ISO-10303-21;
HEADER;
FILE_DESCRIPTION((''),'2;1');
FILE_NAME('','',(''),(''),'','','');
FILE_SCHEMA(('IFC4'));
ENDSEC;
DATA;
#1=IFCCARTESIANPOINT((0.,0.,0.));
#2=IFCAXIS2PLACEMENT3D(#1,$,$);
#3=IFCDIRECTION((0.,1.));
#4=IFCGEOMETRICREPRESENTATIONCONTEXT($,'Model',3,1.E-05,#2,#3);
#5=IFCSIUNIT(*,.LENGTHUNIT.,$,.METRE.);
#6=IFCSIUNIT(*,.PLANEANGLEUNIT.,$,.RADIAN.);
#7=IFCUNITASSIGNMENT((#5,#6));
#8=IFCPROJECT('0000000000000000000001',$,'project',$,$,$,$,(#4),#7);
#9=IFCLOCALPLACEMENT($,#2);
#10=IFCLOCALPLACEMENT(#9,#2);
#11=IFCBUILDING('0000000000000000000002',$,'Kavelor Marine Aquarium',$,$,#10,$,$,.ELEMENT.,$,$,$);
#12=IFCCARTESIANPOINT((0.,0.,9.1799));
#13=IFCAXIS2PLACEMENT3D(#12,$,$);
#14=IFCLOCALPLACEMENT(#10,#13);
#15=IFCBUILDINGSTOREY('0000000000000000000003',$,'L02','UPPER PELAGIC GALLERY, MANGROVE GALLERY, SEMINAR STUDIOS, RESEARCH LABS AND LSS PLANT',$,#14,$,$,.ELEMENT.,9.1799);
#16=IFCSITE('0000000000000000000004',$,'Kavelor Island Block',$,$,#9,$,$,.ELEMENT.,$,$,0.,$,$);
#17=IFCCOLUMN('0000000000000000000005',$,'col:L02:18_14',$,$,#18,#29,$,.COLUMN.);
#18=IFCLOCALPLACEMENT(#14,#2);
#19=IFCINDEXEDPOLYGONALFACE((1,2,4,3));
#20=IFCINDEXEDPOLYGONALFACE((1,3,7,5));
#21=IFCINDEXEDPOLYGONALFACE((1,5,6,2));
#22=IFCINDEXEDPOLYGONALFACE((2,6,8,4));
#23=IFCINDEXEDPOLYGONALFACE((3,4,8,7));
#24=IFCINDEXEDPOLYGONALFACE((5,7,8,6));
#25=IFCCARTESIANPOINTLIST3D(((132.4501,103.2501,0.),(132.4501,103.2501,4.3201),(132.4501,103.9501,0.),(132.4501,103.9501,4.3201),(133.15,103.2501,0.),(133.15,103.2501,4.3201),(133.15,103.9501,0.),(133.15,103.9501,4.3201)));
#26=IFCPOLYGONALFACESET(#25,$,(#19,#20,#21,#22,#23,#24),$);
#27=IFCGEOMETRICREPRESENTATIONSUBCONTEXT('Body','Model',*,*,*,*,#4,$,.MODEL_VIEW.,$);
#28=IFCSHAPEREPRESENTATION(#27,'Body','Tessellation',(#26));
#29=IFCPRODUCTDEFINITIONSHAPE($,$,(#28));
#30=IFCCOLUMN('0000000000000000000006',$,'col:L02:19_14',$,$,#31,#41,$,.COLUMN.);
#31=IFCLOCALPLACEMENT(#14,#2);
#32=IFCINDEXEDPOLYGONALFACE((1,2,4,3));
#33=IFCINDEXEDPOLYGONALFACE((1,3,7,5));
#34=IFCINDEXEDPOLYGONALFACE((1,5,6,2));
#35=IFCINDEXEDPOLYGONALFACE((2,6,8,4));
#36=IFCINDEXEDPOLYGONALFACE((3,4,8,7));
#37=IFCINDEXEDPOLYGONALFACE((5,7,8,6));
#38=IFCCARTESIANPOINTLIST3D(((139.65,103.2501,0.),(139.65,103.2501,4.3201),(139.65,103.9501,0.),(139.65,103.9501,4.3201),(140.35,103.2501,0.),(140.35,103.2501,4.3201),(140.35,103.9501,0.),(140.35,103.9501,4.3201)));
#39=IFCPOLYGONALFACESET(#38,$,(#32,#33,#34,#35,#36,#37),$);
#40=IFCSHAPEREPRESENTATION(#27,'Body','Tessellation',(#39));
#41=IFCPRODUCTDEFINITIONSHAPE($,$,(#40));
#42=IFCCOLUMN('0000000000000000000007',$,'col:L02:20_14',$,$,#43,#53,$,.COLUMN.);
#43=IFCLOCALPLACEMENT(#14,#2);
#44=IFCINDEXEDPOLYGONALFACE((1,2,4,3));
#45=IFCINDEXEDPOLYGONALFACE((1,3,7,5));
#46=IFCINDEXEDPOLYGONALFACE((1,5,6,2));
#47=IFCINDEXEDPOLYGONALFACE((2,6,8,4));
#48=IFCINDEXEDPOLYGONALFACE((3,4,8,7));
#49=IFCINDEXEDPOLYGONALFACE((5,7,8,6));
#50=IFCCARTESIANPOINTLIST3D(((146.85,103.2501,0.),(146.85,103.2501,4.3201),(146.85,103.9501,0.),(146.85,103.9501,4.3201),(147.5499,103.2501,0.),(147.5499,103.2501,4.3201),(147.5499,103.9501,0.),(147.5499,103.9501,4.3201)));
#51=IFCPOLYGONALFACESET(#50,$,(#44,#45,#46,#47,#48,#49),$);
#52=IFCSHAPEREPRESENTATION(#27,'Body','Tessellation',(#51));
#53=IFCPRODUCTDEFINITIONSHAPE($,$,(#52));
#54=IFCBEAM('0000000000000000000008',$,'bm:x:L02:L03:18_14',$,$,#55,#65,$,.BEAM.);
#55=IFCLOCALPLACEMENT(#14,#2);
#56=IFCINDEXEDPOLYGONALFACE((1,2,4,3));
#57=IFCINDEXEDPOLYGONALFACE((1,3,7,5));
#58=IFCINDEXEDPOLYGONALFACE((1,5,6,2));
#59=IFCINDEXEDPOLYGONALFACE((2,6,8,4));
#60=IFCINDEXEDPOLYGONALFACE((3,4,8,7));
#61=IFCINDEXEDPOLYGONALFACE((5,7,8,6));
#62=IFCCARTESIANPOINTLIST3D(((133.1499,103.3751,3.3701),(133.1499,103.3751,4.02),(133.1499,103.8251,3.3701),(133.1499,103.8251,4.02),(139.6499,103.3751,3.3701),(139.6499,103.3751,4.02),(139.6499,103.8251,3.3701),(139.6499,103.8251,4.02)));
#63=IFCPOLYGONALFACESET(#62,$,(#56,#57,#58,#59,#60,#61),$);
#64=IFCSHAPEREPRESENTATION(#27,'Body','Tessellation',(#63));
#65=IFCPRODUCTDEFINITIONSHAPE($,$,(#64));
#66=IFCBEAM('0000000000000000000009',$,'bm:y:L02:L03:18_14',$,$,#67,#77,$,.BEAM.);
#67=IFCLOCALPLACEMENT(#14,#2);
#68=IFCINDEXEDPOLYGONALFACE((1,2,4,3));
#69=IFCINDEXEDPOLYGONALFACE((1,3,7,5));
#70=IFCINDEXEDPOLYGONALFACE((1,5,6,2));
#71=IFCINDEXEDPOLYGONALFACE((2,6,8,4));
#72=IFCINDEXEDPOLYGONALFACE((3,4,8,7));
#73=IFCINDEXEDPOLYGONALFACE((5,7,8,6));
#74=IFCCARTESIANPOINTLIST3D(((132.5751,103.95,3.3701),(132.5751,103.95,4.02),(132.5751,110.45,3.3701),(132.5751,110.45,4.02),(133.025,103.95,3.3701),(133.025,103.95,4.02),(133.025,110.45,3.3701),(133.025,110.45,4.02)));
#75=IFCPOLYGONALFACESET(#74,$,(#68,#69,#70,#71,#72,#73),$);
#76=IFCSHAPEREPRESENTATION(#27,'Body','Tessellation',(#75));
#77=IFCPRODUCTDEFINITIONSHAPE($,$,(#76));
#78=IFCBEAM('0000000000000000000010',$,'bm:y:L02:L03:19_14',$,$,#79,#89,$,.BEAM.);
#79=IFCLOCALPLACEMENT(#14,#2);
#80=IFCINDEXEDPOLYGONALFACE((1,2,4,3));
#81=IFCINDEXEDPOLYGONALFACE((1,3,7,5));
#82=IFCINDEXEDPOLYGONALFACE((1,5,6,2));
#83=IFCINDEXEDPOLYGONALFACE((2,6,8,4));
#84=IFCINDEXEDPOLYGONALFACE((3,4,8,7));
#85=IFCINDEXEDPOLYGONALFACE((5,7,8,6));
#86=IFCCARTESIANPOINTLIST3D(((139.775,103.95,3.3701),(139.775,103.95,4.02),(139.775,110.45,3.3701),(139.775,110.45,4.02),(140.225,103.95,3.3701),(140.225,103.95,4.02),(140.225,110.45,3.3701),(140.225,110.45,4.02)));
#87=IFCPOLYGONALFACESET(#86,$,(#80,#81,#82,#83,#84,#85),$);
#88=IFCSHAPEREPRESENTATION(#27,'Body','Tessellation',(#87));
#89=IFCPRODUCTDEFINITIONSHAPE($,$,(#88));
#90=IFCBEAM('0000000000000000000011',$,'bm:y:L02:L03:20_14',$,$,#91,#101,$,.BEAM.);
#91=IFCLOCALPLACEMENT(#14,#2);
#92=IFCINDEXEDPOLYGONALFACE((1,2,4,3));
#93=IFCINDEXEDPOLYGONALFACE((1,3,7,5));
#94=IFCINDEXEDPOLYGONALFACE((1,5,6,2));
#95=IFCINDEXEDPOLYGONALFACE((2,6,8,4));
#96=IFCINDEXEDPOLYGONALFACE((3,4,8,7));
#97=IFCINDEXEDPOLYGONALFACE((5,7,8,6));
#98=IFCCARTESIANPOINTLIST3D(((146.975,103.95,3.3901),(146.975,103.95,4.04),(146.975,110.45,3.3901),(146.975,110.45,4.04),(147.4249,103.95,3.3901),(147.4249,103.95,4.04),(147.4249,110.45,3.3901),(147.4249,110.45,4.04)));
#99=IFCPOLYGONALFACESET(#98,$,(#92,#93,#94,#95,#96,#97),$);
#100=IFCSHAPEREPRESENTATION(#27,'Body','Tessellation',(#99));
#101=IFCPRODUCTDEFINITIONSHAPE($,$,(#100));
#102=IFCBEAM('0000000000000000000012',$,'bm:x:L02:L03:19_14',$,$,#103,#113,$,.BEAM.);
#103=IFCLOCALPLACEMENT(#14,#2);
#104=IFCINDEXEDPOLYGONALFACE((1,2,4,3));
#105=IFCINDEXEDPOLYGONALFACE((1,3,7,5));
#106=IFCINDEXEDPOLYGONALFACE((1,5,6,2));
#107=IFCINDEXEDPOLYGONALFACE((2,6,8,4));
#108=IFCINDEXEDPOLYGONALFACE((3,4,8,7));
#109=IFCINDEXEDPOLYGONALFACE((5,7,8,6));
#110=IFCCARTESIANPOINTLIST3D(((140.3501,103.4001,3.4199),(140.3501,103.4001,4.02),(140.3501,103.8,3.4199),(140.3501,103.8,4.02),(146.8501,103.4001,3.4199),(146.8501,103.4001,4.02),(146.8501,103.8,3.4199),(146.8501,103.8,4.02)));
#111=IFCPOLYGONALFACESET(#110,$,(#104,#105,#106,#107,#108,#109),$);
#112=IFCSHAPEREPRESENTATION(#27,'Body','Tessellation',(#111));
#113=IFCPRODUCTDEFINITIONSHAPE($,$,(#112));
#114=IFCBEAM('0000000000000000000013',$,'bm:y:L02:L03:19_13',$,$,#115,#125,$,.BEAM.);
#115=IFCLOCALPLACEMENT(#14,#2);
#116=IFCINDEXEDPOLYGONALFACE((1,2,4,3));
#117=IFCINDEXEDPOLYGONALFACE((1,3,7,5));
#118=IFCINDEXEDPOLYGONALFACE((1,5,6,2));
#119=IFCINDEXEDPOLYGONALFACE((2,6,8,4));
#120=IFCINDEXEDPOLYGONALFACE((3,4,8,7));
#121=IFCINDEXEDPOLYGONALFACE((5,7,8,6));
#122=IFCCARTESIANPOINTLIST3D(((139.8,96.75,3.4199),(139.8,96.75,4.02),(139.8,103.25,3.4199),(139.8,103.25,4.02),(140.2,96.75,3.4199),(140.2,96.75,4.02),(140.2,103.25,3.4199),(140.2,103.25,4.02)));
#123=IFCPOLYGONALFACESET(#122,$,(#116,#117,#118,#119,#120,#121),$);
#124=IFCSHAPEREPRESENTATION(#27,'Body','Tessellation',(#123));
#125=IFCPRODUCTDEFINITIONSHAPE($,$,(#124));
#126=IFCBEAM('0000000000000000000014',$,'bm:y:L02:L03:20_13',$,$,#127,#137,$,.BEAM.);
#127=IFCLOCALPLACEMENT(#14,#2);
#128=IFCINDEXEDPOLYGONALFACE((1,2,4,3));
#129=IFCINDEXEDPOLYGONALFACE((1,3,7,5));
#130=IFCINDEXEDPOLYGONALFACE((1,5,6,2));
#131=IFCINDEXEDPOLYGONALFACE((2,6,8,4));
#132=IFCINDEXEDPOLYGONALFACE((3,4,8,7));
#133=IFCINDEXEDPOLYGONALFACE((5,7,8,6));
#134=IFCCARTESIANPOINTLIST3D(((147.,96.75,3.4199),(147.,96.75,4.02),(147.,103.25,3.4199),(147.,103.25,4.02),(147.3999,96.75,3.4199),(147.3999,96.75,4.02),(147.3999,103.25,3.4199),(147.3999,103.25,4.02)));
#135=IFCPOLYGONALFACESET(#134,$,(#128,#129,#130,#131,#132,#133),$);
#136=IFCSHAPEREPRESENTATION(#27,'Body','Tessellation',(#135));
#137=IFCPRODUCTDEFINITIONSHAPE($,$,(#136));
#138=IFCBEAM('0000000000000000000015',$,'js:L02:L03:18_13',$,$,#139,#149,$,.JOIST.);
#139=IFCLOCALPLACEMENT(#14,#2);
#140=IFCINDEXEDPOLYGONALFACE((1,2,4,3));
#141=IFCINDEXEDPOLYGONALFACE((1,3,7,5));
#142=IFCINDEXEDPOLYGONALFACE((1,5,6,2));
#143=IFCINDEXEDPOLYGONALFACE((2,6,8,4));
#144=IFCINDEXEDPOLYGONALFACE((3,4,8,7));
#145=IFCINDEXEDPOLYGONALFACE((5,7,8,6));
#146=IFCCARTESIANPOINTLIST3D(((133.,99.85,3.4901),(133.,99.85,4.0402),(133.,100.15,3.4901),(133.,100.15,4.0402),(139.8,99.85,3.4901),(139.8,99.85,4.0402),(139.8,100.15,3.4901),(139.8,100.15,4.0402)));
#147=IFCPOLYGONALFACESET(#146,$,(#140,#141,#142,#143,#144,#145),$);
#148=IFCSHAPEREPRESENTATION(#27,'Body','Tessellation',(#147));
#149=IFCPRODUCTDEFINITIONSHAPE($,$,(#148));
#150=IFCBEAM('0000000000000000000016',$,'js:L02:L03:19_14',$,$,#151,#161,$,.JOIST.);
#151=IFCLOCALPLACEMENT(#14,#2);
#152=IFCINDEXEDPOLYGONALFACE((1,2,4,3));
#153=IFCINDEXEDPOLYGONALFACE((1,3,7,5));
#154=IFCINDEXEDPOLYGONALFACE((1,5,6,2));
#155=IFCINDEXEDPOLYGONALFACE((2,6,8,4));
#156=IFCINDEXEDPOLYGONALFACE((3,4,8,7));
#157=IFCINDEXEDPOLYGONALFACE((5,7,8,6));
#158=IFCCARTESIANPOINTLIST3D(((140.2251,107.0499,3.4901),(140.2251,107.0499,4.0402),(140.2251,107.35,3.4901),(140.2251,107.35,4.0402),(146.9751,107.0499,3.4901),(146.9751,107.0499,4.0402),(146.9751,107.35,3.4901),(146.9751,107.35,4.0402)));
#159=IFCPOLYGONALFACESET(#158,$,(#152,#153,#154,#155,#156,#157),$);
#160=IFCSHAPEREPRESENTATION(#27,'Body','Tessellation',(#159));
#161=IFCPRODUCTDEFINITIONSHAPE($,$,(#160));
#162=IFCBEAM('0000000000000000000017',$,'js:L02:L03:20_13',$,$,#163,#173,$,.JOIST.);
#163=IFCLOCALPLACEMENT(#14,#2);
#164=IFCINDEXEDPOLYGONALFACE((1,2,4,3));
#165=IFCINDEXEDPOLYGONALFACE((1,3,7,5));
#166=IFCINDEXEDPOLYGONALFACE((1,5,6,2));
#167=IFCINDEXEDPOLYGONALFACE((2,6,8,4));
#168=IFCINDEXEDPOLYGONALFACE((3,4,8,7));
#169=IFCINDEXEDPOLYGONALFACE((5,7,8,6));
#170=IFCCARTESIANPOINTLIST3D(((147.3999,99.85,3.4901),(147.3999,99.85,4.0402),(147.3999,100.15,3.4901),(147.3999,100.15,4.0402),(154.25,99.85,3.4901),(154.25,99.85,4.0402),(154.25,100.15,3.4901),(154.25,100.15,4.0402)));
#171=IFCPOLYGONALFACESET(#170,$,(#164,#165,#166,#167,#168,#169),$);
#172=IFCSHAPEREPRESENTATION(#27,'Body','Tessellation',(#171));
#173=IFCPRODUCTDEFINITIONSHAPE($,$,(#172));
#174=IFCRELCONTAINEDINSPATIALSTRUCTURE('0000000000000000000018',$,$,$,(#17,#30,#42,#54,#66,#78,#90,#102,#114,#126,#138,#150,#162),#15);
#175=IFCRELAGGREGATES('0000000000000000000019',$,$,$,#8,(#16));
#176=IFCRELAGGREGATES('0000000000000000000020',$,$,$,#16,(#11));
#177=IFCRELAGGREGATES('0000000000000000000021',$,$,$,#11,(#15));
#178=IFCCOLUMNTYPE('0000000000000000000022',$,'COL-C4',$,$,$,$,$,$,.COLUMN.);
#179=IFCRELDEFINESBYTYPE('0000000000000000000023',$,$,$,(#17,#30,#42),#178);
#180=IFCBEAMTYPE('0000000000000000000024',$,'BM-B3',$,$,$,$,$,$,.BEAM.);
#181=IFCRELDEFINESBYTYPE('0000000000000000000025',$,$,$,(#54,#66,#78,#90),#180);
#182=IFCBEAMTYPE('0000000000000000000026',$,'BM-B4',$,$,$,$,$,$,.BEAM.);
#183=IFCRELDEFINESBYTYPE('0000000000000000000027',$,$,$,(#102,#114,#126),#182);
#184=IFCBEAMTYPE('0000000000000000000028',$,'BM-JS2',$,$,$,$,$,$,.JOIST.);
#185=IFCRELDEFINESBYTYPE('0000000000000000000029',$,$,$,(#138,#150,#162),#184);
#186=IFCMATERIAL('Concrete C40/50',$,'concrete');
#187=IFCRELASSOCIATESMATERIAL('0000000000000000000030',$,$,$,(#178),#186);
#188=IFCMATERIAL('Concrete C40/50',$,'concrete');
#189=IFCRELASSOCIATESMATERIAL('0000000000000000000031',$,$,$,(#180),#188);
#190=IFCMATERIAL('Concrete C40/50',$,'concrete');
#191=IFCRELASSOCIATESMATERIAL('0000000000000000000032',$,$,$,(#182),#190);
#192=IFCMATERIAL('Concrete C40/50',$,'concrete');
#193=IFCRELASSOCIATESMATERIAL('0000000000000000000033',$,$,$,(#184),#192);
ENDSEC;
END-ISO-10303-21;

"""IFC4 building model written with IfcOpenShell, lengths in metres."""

from ifc_helpers import new_model, si_unit, direction, frame, origin, origin_2d, place, context, subcontext, project, spatial, rectangle, extrude, material, material_profile, profile_set, type_object, element, save


model = new_model("IFC4")

# Units and contexts
model_context = context("Model", 3, precision=1e-05, world=origin(), true_north=direction((0.0, 1.0)))
body_context = subcontext(model_context, "Body", "Model", "MODEL_VIEW")
ifc_project = project(units=[si_unit("LENGTHUNIT", "METRE"), si_unit("PLANEANGLEUNIT", "RADIAN")], contexts=[model_context])

# Site, building, storey
site_placement = place(None, origin())
site = spatial("IfcSite", under=ifc_project, at=site_placement, Name="Kavelor Island Block", CompositionType="ELEMENT", RefElevation=0.0)
building_placement = place(site_placement, origin())
building = spatial("IfcBuilding", under=site, at=building_placement, Name="Kavelor Marine Aquarium", CompositionType="ELEMENT")
storey_placement = place(building_placement, frame((0.0, 0.0, 9.1799)))
storey = spatial("IfcBuildingStorey", under=building, at=storey_placement, Name="L02", Description="UPPER PELAGIC GALLERY, MANGROVE GALLERY, SEMINAR STUDIOS, RESEARCH LABS AND LSS PLANT", CompositionType="ELEMENT", Elevation=9.1799)

# Columns
ifc_material_1 = material(Name="Concrete C40/50", Category="concrete")
ifc_material_profile_1 = material_profile(ifc_material_1, rectangle(XDim=0.7, YDim=0.7, at=origin_2d()), Name="RC-COL 700x700")
ifc_profile_set_1 = profile_set([ifc_material_profile_1], Name="Concrete C40/50")
column_type = type_object("IfcColumnType", Name="COL-C4", PredefinedType="COLUMN", material=ifc_profile_set_1)
for number, where, z_axis, x_axis, name in (
    (1, (132.8, 103.6001, 0.0), (0.0, 0.0, 1.0), (1.0, 0.0, 0.0), "col:L02:18_14"),
    (2, (140.0, 103.6001, 0.0), (0.0, 0.0, 1.0), (1.0, 0.0, 0.0), "col:L02:19_14"),
    (3, (147.2, 103.6001, 0.0), (0.0, 0.0, 1.0), (1.0, 0.0, 0.0), "col:L02:20_14"),
):
    element("IfcColumn", number, at=place(storey_placement, frame(where, z_axis=z_axis, x_axis=x_axis)), inside=storey, type_object=column_type, Name=name, PredefinedType="COLUMN", context=body_context, shape_type="SweptSolid", body=[
        extrude(rectangle(XDim=0.7, YDim=0.7, at=origin_2d()), origin(), (0.0, 0.0, 1.0), 4.3201),
    ])

# Beams
ifc_material_2 = material(Name="Concrete C40/50", Category="concrete")
ifc_material_profile_2 = material_profile(ifc_material_2, rectangle(XDim=0.45, YDim=0.6499, at=origin_2d()), Name="RC-BM 450x650")
ifc_profile_set_2 = profile_set([ifc_material_profile_2], Name="Concrete C40/50")
beam_type_1 = type_object("IfcBeamType", Name="BM-B3", PredefinedType="BEAM", material=ifc_profile_set_2)
for number, where, z_axis, x_axis, name in (
    (4, (133.1499, 103.6001, 3.6951), (1.0, 0.0, 0.0), (0.0, 1.0, 0.0), "bm:x:L02:L03:18_14"),
    (5, (132.8, 103.95, 3.6951), (0.0, 1.0, 0.0), (-1.0, 0.0, 0.0), "bm:y:L02:L03:18_14"),
    (6, (140.0, 103.95, 3.6951), (0.0, 1.0, 0.0), (-1.0, 0.0, 0.0), "bm:y:L02:L03:19_14"),
    (7, (147.2, 103.95, 3.7151), (0.0, 1.0, 0.0), (-1.0, 0.0, 0.0), "bm:y:L02:L03:20_14"),
):
    element("IfcBeam", number, at=place(storey_placement, frame(where, z_axis=z_axis, x_axis=x_axis)), inside=storey, type_object=beam_type_1, Name=name, PredefinedType="BEAM", context=body_context, shape_type="SweptSolid", body=[
        extrude(rectangle(XDim=0.45, YDim=0.6499, at=origin_2d()), origin(), (0.0, 0.0, 1.0), 6.5),
    ])
ifc_material_3 = material(Name="Concrete C40/50", Category="concrete")
ifc_material_profile_3 = material_profile(ifc_material_3, rectangle(XDim=0.3999, YDim=0.6001, at=origin_2d()), Name="RC-BM 400x600")
ifc_profile_set_3 = profile_set([ifc_material_profile_3], Name="Concrete C40/50")
beam_type_2 = type_object("IfcBeamType", Name="BM-B4", PredefinedType="BEAM", material=ifc_profile_set_3)
for number, where, z_axis, x_axis, name in (
    (8, (140.3501, 103.6001, 3.72), (1.0, 0.0, 0.0), (0.0, 1.0, 0.0), "bm:x:L02:L03:19_14"),
    (9, (140.0, 96.75, 3.72), (0.0, 1.0, 0.0), (-1.0, 0.0, 0.0), "bm:y:L02:L03:19_13"),
    (10, (147.2, 96.75, 3.72), (0.0, 1.0, 0.0), (-1.0, 0.0, 0.0), "bm:y:L02:L03:20_13"),
):
    element("IfcBeam", number, at=place(storey_placement, frame(where, z_axis=z_axis, x_axis=x_axis)), inside=storey, type_object=beam_type_2, Name=name, PredefinedType="BEAM", context=body_context, shape_type="SweptSolid", body=[
        extrude(rectangle(XDim=0.3999, YDim=0.6001, at=origin_2d()), origin(), (0.0, 0.0, 1.0), 6.5),
    ])
ifc_material_4 = material(Name="Concrete C40/50", Category="concrete")
ifc_material_profile_4 = material_profile(ifc_material_4, rectangle(XDim=0.3, YDim=0.55, at=origin_2d()), Name="RC-JS 300x550")
ifc_profile_set_4 = profile_set([ifc_material_profile_4], Name="Concrete C40/50")
beam_type_3 = type_object("IfcBeamType", Name="BM-JS2", PredefinedType="JOIST", material=ifc_profile_set_4)
beam_1_placement = place(storey_placement, frame((133.0, 100.0, 3.7651), z_axis=(1.0, 0.0, 0.0), x_axis=(0.0, 1.0, 0.0)))
element("IfcBeam", 11, at=beam_1_placement, inside=storey, type_object=beam_type_3, Name="js:L02:L03:18_13", PredefinedType="JOIST", context=body_context, shape_type="SweptSolid", body=[
    extrude(rectangle(XDim=0.3, YDim=0.55, at=origin_2d()), origin(), (0.0, 0.0, 1.0), 6.8),
])
beam_2_placement = place(storey_placement, frame((140.2251, 107.2, 3.7651), z_axis=(1.0, 0.0, 0.0), x_axis=(0.0, 1.0, 0.0)))
element("IfcBeam", 12, at=beam_2_placement, inside=storey, type_object=beam_type_3, Name="js:L02:L03:19_14", PredefinedType="JOIST", context=body_context, shape_type="SweptSolid", body=[
    extrude(rectangle(XDim=0.3, YDim=0.55, at=origin_2d()), origin(), (0.0, 0.0, 1.0), 6.75),
])
beam_3_placement = place(storey_placement, frame((147.3999, 100.0, 3.7651), z_axis=(1.0, 0.0, 0.0), x_axis=(0.0, 1.0, 0.0)))
element("IfcBeam", 13, at=beam_3_placement, inside=storey, type_object=beam_type_3, Name="js:L02:L03:20_13", PredefinedType="JOIST", context=body_context, shape_type="SweptSolid", body=[
    extrude(rectangle(XDim=0.3, YDim=0.55, at=origin_2d()), origin(), (0.0, 0.0, 1.0), 6.8501),
])

save(model, "model.ifc")
